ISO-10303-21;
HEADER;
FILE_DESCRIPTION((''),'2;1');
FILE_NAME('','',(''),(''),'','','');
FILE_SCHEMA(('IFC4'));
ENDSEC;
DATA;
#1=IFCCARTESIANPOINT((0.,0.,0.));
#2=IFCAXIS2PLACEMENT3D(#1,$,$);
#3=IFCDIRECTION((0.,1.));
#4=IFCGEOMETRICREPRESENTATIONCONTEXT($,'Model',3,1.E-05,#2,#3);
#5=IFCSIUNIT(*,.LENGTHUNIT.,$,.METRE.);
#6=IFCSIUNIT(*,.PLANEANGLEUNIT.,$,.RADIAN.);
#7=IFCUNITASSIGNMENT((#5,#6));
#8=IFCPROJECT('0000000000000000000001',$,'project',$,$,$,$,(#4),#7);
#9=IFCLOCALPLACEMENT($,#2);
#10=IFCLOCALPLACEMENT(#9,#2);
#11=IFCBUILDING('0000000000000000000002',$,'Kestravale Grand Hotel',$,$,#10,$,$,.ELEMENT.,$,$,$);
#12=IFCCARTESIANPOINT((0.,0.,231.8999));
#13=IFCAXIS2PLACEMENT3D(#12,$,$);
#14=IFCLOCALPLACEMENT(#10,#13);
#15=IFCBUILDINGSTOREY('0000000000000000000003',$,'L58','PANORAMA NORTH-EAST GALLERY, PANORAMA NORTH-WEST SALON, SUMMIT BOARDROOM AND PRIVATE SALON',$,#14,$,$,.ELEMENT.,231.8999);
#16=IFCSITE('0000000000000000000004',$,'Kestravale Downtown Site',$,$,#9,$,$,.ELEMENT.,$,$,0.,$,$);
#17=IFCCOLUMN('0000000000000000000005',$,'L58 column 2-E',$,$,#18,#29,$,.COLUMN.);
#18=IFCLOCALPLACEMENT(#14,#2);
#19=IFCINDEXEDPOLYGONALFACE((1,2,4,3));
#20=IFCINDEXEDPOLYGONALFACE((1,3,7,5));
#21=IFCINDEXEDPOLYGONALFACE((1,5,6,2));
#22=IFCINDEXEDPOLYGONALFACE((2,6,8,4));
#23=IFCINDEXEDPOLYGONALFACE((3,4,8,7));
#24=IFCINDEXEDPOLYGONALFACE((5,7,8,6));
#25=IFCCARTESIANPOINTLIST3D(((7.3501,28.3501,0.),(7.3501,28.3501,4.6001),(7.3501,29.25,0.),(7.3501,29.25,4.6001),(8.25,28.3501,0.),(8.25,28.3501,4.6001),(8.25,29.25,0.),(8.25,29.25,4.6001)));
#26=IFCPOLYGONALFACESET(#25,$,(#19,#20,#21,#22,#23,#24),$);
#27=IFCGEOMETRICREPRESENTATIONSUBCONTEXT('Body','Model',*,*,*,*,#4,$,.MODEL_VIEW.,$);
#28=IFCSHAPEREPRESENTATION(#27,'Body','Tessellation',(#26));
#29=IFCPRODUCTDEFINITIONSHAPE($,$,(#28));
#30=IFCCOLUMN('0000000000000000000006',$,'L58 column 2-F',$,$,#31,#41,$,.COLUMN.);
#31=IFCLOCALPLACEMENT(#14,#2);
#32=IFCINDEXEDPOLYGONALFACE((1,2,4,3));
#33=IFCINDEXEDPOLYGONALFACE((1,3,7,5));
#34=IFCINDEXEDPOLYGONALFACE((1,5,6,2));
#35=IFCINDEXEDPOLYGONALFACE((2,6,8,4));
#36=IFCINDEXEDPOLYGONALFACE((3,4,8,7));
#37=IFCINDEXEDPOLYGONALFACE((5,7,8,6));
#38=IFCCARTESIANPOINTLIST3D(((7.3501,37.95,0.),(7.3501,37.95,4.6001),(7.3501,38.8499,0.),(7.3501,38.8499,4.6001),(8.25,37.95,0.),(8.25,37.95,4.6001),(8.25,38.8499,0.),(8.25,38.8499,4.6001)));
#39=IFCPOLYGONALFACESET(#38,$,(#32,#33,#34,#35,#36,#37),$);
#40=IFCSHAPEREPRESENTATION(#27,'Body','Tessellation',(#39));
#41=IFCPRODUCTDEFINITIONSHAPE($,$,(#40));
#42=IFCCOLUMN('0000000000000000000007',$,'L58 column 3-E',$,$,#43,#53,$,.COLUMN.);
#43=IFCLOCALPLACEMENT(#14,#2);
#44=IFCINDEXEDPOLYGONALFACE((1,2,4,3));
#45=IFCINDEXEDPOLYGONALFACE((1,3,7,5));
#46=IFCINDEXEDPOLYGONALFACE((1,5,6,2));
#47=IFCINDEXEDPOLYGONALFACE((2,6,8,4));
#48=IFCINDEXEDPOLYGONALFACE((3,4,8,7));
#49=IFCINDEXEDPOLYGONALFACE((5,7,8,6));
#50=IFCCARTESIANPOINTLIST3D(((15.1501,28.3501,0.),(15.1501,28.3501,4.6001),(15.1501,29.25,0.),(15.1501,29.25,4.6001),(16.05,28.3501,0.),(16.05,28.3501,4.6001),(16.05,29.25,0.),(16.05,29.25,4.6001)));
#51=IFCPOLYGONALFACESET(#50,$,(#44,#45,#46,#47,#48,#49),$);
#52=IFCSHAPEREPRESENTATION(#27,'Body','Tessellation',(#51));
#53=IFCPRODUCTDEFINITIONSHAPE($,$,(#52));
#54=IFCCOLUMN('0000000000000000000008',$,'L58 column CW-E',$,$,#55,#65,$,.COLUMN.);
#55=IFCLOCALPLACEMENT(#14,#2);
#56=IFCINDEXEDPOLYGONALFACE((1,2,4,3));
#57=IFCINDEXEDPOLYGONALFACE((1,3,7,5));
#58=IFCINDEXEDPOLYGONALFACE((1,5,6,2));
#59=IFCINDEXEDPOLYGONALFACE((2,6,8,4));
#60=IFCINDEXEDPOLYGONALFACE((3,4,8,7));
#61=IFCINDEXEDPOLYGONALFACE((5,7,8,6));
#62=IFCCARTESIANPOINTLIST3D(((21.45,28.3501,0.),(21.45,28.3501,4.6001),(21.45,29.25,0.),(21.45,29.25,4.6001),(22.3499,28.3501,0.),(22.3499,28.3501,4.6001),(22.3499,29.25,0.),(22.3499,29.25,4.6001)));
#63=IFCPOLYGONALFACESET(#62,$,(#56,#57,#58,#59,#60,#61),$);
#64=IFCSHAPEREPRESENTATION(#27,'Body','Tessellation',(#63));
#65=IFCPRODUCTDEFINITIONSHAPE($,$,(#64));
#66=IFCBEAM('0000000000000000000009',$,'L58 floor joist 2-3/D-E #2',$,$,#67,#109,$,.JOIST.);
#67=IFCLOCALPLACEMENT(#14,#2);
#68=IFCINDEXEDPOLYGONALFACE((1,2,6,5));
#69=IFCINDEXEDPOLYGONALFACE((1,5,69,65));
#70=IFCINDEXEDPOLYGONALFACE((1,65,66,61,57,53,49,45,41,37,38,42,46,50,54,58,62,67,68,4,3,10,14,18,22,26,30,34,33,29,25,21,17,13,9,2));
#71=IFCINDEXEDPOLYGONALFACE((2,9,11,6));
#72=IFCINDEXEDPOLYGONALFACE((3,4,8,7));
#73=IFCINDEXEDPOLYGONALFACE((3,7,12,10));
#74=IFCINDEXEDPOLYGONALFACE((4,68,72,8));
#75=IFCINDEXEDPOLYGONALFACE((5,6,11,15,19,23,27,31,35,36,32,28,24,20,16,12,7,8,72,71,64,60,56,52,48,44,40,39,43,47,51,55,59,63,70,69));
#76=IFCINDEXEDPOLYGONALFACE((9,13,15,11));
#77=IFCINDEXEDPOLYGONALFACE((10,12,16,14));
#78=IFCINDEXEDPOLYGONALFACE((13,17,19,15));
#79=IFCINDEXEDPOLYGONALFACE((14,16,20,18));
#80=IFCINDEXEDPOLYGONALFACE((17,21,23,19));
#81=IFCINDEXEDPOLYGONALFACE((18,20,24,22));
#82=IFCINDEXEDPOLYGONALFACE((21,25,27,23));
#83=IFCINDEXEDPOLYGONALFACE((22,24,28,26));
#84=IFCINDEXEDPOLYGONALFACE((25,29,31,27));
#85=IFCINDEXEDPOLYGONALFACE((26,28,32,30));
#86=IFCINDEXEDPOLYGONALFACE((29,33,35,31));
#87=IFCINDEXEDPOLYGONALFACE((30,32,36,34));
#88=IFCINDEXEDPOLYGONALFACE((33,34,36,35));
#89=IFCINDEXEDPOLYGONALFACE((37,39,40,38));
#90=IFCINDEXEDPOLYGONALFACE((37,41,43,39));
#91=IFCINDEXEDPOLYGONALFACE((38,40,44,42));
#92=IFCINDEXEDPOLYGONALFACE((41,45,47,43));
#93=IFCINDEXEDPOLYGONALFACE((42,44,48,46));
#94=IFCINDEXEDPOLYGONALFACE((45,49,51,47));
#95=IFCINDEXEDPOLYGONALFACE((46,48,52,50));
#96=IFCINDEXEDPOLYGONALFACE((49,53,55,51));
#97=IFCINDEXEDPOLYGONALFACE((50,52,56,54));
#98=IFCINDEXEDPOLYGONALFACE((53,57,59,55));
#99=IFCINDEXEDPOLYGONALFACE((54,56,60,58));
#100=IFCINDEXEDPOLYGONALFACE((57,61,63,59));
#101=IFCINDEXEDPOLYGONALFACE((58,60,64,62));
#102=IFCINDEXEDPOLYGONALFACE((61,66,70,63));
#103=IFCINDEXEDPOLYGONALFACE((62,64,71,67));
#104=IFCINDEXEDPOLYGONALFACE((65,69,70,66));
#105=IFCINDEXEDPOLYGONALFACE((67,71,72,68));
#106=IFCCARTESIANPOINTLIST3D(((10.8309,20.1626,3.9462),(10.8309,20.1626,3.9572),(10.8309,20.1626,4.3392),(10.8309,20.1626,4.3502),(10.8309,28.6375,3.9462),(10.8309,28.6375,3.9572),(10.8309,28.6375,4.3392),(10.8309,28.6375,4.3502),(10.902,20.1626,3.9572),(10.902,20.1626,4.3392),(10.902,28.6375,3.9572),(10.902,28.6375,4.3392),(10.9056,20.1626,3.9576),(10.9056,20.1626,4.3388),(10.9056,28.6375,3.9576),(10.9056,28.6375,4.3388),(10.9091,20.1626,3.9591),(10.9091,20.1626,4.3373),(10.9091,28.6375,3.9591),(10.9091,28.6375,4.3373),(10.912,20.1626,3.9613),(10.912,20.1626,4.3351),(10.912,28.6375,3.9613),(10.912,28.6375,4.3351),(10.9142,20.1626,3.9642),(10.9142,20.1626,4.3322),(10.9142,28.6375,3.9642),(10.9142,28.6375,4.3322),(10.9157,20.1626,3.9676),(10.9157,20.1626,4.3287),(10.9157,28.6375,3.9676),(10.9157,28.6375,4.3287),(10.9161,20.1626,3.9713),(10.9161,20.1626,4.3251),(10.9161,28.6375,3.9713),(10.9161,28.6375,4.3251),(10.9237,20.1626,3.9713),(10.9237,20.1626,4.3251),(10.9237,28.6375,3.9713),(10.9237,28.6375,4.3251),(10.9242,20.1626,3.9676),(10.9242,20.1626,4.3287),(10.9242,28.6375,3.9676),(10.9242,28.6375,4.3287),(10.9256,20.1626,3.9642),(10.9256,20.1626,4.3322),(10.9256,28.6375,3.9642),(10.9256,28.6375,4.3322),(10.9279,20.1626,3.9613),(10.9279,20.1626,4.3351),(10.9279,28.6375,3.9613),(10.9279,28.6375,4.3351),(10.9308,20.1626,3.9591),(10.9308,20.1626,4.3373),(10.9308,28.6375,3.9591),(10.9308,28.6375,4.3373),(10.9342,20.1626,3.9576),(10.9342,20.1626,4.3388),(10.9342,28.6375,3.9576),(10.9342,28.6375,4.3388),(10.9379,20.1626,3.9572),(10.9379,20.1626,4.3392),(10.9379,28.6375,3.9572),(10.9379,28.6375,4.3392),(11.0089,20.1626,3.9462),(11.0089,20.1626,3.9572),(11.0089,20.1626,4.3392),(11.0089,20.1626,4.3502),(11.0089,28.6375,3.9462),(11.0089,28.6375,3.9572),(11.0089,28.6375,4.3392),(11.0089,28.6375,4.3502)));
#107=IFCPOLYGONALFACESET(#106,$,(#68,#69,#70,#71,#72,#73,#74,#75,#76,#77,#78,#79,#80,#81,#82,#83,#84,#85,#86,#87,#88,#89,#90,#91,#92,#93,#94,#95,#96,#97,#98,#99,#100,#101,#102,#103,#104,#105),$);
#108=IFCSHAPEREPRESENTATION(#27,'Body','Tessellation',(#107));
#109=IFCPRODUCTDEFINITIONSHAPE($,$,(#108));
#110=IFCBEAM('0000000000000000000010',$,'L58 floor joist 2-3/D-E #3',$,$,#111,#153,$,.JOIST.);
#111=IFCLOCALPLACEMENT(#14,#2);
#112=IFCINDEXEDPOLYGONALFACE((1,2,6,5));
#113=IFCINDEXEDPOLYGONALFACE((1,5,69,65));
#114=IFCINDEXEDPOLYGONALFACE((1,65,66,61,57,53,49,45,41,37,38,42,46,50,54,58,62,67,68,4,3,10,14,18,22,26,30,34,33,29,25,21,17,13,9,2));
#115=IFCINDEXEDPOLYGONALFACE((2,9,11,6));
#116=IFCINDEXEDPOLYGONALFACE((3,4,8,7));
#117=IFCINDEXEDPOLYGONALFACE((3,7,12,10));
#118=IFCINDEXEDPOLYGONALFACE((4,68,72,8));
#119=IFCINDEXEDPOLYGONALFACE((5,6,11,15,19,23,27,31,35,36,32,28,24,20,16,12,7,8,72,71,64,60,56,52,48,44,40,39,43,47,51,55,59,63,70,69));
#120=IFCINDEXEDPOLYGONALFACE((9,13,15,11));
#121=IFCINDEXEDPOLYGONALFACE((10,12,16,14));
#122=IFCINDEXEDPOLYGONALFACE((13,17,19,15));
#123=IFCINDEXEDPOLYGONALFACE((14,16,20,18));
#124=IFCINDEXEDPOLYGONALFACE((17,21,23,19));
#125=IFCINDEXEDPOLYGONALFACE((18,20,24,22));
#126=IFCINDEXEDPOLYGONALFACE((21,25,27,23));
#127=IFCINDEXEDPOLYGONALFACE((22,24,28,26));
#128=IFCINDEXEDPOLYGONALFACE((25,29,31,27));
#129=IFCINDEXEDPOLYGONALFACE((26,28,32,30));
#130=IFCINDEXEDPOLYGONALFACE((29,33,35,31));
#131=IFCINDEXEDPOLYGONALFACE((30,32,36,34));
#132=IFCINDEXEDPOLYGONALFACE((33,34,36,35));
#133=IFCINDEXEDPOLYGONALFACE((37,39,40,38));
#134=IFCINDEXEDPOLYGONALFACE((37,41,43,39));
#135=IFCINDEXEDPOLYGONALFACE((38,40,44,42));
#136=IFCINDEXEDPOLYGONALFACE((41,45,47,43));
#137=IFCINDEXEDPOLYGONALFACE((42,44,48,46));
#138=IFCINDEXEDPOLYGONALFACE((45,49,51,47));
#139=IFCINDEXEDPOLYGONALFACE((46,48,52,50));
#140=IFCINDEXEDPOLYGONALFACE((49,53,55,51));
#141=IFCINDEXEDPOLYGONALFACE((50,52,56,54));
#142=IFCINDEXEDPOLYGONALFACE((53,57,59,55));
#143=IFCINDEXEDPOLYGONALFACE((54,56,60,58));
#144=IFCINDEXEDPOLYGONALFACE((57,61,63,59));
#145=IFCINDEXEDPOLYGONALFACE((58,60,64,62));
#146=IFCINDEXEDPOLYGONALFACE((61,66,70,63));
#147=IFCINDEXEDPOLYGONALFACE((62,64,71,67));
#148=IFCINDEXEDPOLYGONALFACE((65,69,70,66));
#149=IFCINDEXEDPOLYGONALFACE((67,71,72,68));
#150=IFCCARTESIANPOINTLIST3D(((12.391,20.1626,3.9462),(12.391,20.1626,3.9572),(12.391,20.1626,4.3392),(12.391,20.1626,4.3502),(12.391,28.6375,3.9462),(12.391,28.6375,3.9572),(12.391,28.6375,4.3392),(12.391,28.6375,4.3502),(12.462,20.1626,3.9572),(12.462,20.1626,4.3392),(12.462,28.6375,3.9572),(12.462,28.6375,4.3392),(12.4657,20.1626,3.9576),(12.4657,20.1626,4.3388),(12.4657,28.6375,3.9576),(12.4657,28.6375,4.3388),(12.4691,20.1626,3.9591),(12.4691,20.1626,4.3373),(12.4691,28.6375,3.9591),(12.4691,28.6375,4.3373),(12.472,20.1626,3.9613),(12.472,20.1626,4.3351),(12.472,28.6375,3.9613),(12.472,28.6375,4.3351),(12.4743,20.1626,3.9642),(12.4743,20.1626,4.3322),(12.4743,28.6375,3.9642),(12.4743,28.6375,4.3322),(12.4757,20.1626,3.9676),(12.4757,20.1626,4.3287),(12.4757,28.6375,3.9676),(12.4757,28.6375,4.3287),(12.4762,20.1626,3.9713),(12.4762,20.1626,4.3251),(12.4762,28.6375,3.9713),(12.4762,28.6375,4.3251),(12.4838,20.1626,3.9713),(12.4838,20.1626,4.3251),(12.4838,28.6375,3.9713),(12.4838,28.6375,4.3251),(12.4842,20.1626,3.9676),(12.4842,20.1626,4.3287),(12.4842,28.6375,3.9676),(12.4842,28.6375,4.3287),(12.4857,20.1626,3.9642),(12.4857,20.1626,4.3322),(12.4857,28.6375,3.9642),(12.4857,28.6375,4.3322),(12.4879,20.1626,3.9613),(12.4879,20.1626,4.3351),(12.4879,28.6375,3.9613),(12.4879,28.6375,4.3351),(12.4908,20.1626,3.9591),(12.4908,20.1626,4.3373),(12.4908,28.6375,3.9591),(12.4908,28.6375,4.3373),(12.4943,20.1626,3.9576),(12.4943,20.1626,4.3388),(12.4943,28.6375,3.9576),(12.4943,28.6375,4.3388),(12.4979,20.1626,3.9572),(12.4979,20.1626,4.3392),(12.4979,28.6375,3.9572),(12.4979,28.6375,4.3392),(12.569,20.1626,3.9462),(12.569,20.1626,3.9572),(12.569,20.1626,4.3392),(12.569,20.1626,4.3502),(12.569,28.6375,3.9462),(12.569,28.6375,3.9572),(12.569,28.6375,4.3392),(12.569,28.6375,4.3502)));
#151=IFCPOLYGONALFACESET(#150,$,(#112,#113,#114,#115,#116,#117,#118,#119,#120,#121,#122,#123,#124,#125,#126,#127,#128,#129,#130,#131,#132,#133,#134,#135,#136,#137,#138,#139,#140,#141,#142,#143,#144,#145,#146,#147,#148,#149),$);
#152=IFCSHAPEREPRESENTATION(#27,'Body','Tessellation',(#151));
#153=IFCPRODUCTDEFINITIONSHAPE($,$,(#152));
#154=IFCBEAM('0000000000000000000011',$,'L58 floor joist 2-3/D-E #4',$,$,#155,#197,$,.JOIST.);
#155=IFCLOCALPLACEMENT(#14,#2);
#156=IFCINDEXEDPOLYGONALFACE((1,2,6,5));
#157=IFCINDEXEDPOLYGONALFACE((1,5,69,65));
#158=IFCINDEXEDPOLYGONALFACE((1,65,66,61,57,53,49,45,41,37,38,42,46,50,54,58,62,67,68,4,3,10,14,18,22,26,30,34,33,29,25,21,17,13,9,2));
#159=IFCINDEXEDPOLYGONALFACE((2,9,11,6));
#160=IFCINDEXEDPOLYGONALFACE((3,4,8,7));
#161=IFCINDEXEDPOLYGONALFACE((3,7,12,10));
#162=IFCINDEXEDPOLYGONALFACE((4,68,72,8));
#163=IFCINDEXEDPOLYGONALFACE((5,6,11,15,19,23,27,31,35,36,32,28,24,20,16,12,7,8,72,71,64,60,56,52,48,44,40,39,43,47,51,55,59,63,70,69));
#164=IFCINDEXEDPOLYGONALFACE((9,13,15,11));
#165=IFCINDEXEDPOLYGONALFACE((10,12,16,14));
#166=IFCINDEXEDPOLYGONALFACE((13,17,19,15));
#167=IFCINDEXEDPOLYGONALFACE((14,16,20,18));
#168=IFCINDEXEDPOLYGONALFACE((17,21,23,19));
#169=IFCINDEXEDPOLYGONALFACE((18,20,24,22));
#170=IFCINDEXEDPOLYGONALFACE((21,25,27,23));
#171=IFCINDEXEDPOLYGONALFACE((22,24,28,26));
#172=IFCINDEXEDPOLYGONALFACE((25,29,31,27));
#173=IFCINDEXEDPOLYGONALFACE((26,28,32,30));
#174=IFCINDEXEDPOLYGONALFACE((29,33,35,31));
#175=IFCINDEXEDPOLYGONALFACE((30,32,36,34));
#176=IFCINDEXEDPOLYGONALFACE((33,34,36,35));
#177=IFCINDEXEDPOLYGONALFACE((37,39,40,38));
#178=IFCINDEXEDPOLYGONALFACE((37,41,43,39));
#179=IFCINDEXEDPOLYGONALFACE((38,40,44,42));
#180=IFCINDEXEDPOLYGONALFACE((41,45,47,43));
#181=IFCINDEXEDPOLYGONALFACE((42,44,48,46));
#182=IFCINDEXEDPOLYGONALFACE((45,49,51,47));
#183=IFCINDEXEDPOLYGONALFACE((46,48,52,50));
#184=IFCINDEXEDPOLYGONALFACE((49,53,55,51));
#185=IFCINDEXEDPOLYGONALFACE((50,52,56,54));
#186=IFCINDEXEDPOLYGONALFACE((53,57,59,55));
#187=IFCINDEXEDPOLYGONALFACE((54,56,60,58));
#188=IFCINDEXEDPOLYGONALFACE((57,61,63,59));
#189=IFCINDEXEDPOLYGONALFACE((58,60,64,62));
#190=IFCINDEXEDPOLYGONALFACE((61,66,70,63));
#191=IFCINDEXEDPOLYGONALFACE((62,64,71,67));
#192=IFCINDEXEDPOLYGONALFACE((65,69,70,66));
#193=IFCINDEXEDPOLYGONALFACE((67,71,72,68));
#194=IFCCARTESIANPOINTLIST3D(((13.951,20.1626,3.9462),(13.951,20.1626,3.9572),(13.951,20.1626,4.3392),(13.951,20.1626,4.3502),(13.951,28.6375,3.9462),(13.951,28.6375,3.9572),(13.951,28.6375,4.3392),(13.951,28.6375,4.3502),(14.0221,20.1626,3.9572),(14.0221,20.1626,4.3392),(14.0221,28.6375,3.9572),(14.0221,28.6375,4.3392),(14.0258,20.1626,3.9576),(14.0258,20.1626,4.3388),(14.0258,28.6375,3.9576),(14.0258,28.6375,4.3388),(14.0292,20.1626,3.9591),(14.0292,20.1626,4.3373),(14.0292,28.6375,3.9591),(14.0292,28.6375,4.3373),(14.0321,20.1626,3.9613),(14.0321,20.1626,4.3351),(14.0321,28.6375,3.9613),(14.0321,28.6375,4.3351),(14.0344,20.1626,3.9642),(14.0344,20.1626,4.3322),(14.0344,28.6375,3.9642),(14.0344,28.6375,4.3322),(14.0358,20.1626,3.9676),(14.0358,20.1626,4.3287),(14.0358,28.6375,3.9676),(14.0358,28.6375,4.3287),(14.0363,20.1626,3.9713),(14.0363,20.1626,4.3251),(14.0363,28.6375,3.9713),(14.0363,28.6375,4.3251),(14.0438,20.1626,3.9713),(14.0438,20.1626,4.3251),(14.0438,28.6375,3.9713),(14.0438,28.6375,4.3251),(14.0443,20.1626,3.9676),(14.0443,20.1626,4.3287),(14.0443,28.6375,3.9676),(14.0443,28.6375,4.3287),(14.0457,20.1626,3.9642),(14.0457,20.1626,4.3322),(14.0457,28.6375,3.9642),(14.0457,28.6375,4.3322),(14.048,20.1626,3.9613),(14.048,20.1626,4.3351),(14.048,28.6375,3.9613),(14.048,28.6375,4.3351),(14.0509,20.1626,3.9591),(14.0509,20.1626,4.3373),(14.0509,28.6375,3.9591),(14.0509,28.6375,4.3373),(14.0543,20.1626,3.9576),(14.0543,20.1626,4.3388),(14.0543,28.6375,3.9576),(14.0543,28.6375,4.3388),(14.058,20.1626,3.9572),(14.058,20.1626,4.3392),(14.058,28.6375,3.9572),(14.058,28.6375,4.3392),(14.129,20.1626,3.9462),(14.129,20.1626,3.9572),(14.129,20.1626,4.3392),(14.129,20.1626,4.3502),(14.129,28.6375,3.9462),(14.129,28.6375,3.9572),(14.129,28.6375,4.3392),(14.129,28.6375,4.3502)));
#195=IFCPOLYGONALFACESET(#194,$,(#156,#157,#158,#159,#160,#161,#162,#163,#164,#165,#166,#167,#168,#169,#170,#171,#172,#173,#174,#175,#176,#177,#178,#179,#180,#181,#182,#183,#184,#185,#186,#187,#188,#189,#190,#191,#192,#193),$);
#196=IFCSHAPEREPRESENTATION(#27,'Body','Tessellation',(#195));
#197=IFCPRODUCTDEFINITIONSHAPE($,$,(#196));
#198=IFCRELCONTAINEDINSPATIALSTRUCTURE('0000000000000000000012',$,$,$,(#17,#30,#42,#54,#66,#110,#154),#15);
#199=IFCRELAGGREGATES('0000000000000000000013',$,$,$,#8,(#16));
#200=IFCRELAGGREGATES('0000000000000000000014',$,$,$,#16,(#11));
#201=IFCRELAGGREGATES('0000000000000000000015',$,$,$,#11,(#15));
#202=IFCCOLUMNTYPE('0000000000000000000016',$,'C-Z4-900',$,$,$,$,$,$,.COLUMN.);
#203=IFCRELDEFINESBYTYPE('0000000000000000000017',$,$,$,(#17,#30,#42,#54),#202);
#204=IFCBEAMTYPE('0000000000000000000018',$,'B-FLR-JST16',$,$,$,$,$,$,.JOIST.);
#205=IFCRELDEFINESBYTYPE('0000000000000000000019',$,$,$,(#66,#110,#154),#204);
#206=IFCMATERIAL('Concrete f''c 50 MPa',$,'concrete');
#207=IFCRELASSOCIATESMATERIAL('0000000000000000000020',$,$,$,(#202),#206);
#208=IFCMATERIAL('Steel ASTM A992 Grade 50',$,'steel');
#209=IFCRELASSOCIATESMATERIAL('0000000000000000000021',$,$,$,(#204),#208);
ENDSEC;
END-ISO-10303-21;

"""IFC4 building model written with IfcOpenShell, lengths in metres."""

from ifc_helpers import new_model, si_unit, direction, frame, origin, origin_2d, place, context, subcontext, project, spatial, rectangle, i_section, extrude, material, material_profile, profile_set, type_object, element, save


model = new_model("IFC4")

# Units and contexts
model_context = context("Model", 3, precision=1e-05, world=origin(), true_north=direction((0.0, 1.0)))
body_context = subcontext(model_context, "Body", "Model", "MODEL_VIEW")
ifc_project = project(units=[si_unit("LENGTHUNIT", "METRE"), si_unit("PLANEANGLEUNIT", "RADIAN")], contexts=[model_context])

# Site, building, storey
site_placement = place(None, origin())
site = spatial("IfcSite", under=ifc_project, at=site_placement, Name="Kestravale Downtown Site", CompositionType="ELEMENT", RefElevation=0.0)
building_placement = place(site_placement, origin())
building = spatial("IfcBuilding", under=site, at=building_placement, Name="Kestravale Grand Hotel", CompositionType="ELEMENT")
storey_placement = place(building_placement, frame((0.0, 0.0, 231.8999)))
storey = spatial("IfcBuildingStorey", under=building, at=storey_placement, Name="L58", Description="PANORAMA NORTH-EAST GALLERY, PANORAMA NORTH-WEST SALON, SUMMIT BOARDROOM AND PRIVATE SALON", CompositionType="ELEMENT", Elevation=231.8999)

# Columns
ifc_material_1 = material(Name="Concrete f'c 50 MPa", Category="concrete")
ifc_material_profile_1 = material_profile(ifc_material_1, rectangle(XDim=0.8999, YDim=0.8999, at=origin_2d()))
ifc_profile_set_1 = profile_set([ifc_material_profile_1], Name="Concrete f'c 50 MPa")
column_type = type_object("IfcColumnType", Name="C-Z4-900", PredefinedType="COLUMN", material=ifc_profile_set_1)
for number, where, z_axis, x_axis, name in (
    (1, (7.8, 28.8, 0.0), (0.0, 0.0, 1.0), (1.0, 0.0, 0.0), "L58 column 2-E"),
    (2, (7.8, 38.3999, 0.0), (0.0, 0.0, 1.0), (1.0, 0.0, 0.0), "L58 column 2-F"),
    (3, (15.6001, 28.8, 0.0), (0.0, 0.0, 1.0), (1.0, 0.0, 0.0), "L58 column 3-E"),
    (4, (21.8999, 28.8, 0.0), (0.0, 0.0, 1.0), (1.0, 0.0, 0.0), "L58 column CW-E"),
):
    element("IfcColumn", number, at=place(storey_placement, frame(where, z_axis=z_axis, x_axis=x_axis)), inside=storey, type_object=column_type, Name=name, PredefinedType="COLUMN", context=body_context, shape_type="SweptSolid", body=[
        extrude(rectangle(XDim=0.8999, YDim=0.8999, at=origin_2d()), origin(), (0.0, 0.0, 1.0), 4.6001),
    ])

# Beams
ifc_material_2 = material(Name="Steel ASTM A992 Grade 50", Category="steel")
ifc_material_profile_2 = material_profile(ifc_material_2, i_section(OverallWidth=0.178, OverallDepth=0.4041, WebThickness=0.0076, FlangeThickness=0.011, FilletRadius=0.0142, at=origin_2d()))
ifc_profile_set_2 = profile_set([ifc_material_profile_2], Name="Steel ASTM A992 Grade 50")
beam_type_1 = type_object("IfcBeamType", Name="B-FLR-JST16", PredefinedType="JOIST", material=ifc_profile_set_2)
for number, where, z_axis, x_axis, name in (
    (5, (10.9199, 20.1626, 4.1482), (0.0, 1.0, 0.0), (-1.0, 0.0, 0.0), "L58 floor joist 2-3/D-E #2"),
    (6, (12.48, 20.1626, 4.1482), (0.0, 1.0, 0.0), (-1.0, 0.0, 0.0), "L58 floor joist 2-3/D-E #3"),
    (7, (14.04, 20.1626, 4.1482), (0.0, 1.0, 0.0), (-1.0, 0.0, 0.0), "L58 floor joist 2-3/D-E #4"),
):
    element("IfcBeam", number, at=place(storey_placement, frame(where, z_axis=z_axis, x_axis=x_axis)), inside=storey, type_object=beam_type_1, Name=name, PredefinedType="JOIST", context=body_context, shape_type="SweptSolid", body=[
        extrude(i_section(OverallWidth=0.178, OverallDepth=0.4041, WebThickness=0.0076, FlangeThickness=0.011, FilletRadius=0.0142, at=origin_2d()), origin(), (0.0, 0.0, 1.0), 8.4749),
    ])

save(model, "model.ifc")
